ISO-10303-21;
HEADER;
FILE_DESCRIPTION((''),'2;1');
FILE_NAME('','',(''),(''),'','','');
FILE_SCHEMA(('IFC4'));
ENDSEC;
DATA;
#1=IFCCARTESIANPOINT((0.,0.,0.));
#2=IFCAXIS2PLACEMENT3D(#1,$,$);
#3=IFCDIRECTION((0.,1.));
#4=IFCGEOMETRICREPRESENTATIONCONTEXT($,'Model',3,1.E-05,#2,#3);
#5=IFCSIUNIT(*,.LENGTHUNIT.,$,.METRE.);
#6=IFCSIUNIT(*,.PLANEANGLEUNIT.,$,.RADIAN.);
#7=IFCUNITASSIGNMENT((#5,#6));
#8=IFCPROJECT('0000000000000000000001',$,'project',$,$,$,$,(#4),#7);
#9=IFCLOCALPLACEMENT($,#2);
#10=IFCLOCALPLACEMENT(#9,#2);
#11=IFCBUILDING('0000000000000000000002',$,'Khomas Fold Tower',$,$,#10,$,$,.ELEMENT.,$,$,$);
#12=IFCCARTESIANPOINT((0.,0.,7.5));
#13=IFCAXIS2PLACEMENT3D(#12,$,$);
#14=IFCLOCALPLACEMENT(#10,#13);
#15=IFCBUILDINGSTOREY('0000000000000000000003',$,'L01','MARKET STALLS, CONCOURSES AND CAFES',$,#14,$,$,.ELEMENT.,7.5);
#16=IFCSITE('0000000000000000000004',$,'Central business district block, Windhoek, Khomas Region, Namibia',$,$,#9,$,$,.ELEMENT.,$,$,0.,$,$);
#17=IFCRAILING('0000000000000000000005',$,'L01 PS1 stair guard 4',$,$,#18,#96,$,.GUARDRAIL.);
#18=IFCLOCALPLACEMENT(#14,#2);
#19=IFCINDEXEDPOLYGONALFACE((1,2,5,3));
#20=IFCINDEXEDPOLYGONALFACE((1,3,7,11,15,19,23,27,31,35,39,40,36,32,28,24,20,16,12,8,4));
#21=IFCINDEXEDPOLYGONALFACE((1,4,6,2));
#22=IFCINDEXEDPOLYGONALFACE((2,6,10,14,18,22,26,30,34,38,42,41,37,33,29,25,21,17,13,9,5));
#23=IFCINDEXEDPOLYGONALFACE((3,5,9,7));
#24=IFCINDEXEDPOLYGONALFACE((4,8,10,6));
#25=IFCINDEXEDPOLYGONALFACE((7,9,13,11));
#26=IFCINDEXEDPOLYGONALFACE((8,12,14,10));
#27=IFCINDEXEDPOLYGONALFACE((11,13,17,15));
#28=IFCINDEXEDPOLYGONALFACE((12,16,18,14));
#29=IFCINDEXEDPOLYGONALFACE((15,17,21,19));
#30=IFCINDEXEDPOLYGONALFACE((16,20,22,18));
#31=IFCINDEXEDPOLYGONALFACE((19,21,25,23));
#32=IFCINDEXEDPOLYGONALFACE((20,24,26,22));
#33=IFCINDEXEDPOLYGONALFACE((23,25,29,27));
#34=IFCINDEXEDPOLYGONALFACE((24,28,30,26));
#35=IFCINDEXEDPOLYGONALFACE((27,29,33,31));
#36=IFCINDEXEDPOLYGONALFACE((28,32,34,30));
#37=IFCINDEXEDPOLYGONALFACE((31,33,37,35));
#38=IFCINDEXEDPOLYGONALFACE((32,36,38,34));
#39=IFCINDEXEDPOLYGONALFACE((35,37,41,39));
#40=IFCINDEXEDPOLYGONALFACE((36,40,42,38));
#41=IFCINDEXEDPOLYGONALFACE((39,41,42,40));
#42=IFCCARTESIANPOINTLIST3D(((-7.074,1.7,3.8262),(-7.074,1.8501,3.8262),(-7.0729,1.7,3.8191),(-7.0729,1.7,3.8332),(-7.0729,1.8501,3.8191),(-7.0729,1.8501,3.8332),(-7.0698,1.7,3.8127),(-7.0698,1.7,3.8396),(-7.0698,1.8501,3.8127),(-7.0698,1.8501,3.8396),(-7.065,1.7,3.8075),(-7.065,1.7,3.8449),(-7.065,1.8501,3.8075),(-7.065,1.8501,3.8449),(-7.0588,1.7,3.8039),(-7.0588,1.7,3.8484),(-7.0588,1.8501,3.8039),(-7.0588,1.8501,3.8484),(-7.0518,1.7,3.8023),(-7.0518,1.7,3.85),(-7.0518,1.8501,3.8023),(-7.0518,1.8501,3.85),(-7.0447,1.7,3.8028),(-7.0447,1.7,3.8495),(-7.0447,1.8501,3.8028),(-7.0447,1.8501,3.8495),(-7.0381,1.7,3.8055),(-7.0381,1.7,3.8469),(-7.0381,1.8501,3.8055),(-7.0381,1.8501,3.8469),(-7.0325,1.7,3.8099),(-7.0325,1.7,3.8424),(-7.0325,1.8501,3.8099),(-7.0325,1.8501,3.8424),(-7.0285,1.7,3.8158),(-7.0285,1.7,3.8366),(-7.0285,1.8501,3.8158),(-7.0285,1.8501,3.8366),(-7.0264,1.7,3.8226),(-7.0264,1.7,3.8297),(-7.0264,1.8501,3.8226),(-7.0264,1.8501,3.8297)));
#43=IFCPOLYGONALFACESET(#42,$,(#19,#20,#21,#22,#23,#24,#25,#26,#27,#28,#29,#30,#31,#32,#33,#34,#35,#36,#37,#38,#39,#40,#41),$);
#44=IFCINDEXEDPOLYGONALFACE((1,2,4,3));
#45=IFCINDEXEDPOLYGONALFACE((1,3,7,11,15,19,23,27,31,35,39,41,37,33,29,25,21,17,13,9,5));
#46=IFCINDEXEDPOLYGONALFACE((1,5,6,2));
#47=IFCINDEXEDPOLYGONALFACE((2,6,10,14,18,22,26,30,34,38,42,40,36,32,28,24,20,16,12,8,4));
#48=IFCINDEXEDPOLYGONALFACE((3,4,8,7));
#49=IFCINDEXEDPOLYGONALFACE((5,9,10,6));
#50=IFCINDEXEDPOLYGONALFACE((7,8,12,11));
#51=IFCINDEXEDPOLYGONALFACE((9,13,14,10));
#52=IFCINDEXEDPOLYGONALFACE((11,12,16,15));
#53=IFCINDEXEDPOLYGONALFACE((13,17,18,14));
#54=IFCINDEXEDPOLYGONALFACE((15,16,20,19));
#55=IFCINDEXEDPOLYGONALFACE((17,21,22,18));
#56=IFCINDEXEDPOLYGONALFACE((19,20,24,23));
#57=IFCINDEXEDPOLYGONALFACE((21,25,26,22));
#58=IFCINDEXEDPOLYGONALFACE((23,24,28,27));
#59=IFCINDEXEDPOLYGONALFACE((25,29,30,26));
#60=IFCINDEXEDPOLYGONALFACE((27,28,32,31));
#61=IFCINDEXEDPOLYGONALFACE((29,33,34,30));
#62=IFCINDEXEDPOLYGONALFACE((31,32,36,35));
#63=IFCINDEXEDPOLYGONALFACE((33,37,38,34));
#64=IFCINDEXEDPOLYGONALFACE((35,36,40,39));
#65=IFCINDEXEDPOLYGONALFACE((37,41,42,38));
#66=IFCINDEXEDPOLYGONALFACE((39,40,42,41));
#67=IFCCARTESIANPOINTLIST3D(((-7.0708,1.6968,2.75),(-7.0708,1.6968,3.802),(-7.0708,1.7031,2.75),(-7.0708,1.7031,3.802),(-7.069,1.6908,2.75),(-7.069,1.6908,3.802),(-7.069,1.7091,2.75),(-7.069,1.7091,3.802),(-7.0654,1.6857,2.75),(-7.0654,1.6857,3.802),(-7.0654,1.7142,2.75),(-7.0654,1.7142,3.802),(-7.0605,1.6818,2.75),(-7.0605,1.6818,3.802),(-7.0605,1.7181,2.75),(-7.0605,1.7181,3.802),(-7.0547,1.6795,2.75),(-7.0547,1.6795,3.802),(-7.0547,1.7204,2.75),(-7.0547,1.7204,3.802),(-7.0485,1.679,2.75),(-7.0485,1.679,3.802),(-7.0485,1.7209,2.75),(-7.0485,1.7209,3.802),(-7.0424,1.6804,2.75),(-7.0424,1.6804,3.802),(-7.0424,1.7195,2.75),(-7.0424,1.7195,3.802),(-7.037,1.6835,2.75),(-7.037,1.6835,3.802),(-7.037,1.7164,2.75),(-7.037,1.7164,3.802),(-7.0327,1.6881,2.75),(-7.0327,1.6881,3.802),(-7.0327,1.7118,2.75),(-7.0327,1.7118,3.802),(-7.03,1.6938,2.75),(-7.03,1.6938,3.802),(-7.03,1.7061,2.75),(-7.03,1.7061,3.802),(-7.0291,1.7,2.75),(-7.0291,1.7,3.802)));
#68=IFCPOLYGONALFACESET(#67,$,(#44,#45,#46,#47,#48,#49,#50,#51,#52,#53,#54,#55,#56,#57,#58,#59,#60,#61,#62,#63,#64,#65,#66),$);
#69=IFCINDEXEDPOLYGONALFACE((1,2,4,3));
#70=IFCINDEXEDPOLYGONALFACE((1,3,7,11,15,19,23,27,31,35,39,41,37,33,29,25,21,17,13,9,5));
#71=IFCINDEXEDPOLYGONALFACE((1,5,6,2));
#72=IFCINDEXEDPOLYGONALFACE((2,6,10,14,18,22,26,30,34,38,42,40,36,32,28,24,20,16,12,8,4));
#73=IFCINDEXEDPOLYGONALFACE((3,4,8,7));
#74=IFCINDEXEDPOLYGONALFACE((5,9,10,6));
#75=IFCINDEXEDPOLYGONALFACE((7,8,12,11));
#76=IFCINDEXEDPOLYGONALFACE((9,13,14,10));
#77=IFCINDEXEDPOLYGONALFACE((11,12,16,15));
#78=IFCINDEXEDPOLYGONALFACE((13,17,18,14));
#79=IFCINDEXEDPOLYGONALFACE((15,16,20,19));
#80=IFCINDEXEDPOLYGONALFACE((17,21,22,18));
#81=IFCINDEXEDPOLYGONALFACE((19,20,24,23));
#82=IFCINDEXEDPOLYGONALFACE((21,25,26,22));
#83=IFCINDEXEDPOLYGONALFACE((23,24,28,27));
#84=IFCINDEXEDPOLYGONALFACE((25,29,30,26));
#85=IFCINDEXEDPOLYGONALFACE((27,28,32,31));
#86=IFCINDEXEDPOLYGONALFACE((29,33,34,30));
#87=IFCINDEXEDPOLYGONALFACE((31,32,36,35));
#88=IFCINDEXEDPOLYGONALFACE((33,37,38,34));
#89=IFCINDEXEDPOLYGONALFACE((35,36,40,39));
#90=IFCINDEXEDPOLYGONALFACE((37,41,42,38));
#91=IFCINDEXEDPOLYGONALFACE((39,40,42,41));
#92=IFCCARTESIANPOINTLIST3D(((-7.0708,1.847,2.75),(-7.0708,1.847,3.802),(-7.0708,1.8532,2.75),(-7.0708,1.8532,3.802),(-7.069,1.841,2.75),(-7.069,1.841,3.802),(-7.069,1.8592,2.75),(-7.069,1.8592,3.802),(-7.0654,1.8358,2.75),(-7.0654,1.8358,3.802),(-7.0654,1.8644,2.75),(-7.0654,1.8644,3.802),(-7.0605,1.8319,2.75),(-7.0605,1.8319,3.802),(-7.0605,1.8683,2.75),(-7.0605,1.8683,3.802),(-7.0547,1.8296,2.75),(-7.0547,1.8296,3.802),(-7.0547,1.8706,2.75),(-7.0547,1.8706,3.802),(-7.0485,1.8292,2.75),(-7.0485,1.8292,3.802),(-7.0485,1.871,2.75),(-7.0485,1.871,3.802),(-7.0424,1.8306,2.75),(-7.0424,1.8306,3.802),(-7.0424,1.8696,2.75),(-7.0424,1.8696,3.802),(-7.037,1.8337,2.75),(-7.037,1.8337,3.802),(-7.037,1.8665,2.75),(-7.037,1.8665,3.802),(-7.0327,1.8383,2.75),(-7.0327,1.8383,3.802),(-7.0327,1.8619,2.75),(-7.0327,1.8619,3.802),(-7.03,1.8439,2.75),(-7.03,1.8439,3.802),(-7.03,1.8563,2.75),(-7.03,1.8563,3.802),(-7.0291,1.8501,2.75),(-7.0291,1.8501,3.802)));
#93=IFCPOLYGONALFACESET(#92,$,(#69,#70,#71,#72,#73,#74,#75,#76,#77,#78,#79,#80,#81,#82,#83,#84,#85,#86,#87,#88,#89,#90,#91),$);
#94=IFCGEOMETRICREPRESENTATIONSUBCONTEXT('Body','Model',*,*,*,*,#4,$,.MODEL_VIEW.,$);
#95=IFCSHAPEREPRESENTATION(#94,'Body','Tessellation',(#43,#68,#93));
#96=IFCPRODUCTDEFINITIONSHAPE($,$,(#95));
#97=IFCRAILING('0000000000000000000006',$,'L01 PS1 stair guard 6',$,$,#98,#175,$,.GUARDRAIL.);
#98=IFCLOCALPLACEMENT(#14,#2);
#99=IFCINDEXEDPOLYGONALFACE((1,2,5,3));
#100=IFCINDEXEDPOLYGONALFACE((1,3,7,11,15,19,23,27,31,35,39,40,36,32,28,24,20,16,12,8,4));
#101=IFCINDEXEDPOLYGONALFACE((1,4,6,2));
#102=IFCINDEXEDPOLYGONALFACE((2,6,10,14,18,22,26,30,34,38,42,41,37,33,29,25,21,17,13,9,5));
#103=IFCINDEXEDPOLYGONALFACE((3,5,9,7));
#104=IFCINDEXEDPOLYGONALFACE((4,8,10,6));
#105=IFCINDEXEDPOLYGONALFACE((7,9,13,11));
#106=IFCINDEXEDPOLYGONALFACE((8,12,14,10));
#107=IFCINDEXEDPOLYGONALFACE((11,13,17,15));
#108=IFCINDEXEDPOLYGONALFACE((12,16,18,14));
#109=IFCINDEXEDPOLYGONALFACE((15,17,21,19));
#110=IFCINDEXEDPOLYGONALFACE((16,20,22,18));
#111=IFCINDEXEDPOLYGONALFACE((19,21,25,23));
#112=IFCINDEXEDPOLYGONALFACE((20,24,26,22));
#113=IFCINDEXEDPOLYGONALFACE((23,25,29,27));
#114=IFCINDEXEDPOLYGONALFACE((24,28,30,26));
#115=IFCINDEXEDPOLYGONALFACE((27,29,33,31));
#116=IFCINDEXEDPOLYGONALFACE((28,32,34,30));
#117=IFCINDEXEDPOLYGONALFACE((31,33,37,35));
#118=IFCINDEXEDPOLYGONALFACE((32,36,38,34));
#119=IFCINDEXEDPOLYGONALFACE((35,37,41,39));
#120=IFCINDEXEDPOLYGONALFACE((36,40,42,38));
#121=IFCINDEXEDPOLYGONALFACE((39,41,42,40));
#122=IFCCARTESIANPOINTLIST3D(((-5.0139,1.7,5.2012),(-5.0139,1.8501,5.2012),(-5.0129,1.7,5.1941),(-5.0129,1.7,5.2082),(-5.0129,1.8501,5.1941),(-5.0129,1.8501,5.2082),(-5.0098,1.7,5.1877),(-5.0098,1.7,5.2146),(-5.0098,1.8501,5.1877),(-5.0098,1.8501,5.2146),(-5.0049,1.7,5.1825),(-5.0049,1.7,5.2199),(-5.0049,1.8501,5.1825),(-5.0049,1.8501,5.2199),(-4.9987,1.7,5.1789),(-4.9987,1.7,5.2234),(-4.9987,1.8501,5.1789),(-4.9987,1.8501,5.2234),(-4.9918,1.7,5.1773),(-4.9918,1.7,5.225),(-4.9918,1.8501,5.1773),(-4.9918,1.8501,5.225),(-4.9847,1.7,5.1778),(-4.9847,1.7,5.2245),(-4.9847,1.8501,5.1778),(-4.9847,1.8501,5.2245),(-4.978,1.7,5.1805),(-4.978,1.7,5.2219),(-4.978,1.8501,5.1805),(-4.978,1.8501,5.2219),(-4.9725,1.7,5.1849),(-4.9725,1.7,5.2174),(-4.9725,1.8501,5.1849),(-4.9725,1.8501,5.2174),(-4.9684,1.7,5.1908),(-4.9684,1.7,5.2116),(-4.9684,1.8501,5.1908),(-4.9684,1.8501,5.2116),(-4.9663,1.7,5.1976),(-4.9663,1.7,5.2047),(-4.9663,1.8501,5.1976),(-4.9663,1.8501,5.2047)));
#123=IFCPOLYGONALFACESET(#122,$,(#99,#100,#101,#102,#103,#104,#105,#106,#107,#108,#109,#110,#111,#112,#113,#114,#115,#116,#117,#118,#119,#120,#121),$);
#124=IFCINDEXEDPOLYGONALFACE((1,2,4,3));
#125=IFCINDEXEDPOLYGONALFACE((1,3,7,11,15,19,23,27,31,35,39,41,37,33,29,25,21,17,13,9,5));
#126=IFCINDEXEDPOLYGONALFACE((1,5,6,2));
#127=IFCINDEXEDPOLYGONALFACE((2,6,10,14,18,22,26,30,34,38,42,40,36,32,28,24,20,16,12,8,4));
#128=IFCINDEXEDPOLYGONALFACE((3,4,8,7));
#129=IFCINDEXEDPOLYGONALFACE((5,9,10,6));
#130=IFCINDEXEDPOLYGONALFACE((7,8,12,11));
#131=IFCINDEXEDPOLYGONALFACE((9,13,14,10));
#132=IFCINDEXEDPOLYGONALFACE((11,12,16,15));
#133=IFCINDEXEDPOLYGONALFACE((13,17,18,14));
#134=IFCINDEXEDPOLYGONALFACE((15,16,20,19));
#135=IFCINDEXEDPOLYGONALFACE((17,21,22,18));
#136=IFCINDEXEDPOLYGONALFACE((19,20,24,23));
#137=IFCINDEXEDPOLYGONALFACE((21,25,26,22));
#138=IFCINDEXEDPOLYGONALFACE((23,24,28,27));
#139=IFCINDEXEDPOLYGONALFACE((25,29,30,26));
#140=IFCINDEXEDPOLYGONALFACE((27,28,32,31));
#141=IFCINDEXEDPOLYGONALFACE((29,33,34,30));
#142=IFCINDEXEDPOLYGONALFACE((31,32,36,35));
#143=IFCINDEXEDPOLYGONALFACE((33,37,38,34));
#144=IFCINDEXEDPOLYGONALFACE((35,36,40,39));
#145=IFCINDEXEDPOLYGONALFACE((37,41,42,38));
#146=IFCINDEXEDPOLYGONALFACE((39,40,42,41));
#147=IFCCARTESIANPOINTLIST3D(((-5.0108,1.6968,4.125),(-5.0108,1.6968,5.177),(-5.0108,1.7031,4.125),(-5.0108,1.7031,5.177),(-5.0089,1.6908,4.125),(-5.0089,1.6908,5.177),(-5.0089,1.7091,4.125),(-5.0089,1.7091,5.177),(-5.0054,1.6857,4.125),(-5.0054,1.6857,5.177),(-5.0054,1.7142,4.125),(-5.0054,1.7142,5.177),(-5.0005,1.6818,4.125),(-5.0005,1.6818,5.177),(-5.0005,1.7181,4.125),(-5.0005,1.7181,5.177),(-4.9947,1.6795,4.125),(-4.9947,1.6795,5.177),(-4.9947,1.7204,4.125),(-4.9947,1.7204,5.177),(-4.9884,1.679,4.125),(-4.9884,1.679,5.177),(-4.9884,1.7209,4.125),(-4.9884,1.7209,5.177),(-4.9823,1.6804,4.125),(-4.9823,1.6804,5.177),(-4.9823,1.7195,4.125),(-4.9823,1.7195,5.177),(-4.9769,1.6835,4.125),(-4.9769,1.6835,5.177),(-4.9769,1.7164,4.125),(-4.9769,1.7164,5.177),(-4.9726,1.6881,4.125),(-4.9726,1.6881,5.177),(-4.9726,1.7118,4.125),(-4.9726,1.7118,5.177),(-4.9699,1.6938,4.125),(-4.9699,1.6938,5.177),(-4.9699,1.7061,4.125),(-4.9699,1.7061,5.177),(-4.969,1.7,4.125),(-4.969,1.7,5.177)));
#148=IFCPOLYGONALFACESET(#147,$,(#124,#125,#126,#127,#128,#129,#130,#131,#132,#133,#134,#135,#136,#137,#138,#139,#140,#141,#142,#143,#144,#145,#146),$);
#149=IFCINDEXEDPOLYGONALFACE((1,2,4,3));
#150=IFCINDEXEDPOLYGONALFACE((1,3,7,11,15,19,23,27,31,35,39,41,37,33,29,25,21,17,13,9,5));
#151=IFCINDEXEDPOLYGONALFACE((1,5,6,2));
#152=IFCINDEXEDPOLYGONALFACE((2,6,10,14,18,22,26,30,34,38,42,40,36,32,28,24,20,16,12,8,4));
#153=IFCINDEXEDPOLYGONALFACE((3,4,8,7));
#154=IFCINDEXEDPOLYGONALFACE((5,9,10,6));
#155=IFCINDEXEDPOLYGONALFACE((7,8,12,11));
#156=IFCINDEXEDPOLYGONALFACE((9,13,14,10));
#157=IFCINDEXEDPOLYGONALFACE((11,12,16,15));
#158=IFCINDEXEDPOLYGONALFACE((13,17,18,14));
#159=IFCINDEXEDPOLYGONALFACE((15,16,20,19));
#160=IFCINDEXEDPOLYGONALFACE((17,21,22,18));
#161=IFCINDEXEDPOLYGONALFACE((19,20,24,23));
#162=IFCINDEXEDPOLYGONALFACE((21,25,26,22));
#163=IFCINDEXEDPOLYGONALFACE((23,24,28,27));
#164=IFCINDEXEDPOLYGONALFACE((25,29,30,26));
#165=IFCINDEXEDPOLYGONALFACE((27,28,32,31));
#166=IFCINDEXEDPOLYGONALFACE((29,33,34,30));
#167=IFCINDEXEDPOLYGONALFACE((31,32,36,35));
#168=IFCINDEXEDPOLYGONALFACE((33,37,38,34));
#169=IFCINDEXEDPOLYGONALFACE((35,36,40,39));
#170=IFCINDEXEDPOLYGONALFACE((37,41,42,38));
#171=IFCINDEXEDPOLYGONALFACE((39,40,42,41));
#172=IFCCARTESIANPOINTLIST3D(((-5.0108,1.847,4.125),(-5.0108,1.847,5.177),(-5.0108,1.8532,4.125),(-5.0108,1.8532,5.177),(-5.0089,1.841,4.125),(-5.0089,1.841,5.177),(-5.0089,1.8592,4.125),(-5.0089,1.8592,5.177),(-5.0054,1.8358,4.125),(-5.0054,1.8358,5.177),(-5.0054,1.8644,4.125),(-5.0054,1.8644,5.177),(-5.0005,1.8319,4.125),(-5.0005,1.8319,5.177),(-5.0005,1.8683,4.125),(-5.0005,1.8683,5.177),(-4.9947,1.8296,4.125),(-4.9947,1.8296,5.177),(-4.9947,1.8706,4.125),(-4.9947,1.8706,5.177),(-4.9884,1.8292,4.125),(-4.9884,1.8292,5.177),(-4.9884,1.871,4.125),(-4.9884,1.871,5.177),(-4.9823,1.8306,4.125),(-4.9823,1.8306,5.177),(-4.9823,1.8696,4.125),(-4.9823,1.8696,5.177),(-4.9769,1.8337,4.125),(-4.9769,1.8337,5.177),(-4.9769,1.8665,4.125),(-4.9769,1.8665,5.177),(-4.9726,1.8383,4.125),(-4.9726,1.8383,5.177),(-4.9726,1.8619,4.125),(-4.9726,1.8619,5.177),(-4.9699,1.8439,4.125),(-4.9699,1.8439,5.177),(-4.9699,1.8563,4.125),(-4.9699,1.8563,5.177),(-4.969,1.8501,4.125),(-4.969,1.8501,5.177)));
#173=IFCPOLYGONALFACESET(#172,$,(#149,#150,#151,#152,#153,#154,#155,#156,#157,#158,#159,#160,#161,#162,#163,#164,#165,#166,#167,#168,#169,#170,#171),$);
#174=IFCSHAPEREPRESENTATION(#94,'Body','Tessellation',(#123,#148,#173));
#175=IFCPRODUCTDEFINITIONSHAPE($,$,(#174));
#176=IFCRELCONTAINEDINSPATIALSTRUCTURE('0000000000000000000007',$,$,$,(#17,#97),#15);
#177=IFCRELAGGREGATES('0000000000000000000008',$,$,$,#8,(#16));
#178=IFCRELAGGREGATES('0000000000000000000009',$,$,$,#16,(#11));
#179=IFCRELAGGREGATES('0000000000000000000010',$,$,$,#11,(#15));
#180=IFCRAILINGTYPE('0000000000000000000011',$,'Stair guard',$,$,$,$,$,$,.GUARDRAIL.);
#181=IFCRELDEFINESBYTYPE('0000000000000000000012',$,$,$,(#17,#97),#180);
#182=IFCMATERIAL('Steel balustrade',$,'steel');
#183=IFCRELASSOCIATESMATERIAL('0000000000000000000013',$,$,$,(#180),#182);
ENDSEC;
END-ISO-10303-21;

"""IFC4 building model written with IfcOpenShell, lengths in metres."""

from ifc_helpers import new_model, si_unit, direction, frame, origin, origin_2d, place, context, subcontext, project, spatial, circle, extrude, source, transform, mapped, material, type_object, element, save


model = new_model("IFC4")

# Units and contexts
model_context = context("Model", 3, precision=1e-05, world=origin(), true_north=direction((0.0, 1.0)))
body_context = subcontext(model_context, "Body", "Model", "MODEL_VIEW")
ifc_project = project(units=[si_unit("LENGTHUNIT", "METRE"), si_unit("PLANEANGLEUNIT", "RADIAN")], contexts=[model_context])

# Site, building, storey
site_placement = place(None, origin())
site = spatial("IfcSite", under=ifc_project, at=site_placement, Name="Central business district block, Windhoek, Khomas Region, Namibia", CompositionType="ELEMENT", RefElevation=0.0)
building_placement = place(site_placement, origin())
building = spatial("IfcBuilding", under=site, at=building_placement, Name="Khomas Fold Tower", CompositionType="ELEMENT")
storey_placement = place(building_placement, frame((0.0, 0.0, 7.5)))
storey = spatial("IfcBuildingStorey", under=building, at=storey_placement, Name="L01", Description="MARKET STALLS, CONCOURSES AND CAFES", CompositionType="ELEMENT", Elevation=7.5)

# Railings
ifc_material_1 = material(Name="Steel balustrade", Category="steel")
railing_type_1 = type_object("IfcRailingType", Name="Stair guard", PredefinedType="GUARDRAIL", material=ifc_material_1)
shared_shape_1 = source(origin(), body_context, "Body", "SweptSolid", [
    extrude(circle(Radius=0.0239, at=origin_2d()), frame((0.0, 0.0, 1.0762), z_axis=(0.0, 1.0, 0.0), x_axis=(-1.0, 0.0, 0.0)), (0.0, 0.0, 1.0), 0.1501),
    extrude(circle(Radius=0.021, at=origin_2d()), origin(), (0.0, 0.0, 1.0), 1.052),
    extrude(circle(Radius=0.021, at=origin_2d()), frame((0.0, 0.1501, 0.0)), (0.0, 0.0, 1.0), 1.052),
])
for number, where, name in (
    (1, (-7.05, 1.7, 2.75), "L01 PS1 stair guard 4"),
    (2, (-4.99, 1.7, 4.125), "L01 PS1 stair guard 6"),
):
    element("IfcRailing", number, at=place(storey_placement, frame(where)), inside=storey, type_object=railing_type_1, Name=name, PredefinedType="GUARDRAIL", context=body_context, shape_type="MappedRepresentation", body=[
        mapped(shared_shape_1, transform((0.0, 0.0, 0.0))),
    ])

save(model, "model.ifc")
